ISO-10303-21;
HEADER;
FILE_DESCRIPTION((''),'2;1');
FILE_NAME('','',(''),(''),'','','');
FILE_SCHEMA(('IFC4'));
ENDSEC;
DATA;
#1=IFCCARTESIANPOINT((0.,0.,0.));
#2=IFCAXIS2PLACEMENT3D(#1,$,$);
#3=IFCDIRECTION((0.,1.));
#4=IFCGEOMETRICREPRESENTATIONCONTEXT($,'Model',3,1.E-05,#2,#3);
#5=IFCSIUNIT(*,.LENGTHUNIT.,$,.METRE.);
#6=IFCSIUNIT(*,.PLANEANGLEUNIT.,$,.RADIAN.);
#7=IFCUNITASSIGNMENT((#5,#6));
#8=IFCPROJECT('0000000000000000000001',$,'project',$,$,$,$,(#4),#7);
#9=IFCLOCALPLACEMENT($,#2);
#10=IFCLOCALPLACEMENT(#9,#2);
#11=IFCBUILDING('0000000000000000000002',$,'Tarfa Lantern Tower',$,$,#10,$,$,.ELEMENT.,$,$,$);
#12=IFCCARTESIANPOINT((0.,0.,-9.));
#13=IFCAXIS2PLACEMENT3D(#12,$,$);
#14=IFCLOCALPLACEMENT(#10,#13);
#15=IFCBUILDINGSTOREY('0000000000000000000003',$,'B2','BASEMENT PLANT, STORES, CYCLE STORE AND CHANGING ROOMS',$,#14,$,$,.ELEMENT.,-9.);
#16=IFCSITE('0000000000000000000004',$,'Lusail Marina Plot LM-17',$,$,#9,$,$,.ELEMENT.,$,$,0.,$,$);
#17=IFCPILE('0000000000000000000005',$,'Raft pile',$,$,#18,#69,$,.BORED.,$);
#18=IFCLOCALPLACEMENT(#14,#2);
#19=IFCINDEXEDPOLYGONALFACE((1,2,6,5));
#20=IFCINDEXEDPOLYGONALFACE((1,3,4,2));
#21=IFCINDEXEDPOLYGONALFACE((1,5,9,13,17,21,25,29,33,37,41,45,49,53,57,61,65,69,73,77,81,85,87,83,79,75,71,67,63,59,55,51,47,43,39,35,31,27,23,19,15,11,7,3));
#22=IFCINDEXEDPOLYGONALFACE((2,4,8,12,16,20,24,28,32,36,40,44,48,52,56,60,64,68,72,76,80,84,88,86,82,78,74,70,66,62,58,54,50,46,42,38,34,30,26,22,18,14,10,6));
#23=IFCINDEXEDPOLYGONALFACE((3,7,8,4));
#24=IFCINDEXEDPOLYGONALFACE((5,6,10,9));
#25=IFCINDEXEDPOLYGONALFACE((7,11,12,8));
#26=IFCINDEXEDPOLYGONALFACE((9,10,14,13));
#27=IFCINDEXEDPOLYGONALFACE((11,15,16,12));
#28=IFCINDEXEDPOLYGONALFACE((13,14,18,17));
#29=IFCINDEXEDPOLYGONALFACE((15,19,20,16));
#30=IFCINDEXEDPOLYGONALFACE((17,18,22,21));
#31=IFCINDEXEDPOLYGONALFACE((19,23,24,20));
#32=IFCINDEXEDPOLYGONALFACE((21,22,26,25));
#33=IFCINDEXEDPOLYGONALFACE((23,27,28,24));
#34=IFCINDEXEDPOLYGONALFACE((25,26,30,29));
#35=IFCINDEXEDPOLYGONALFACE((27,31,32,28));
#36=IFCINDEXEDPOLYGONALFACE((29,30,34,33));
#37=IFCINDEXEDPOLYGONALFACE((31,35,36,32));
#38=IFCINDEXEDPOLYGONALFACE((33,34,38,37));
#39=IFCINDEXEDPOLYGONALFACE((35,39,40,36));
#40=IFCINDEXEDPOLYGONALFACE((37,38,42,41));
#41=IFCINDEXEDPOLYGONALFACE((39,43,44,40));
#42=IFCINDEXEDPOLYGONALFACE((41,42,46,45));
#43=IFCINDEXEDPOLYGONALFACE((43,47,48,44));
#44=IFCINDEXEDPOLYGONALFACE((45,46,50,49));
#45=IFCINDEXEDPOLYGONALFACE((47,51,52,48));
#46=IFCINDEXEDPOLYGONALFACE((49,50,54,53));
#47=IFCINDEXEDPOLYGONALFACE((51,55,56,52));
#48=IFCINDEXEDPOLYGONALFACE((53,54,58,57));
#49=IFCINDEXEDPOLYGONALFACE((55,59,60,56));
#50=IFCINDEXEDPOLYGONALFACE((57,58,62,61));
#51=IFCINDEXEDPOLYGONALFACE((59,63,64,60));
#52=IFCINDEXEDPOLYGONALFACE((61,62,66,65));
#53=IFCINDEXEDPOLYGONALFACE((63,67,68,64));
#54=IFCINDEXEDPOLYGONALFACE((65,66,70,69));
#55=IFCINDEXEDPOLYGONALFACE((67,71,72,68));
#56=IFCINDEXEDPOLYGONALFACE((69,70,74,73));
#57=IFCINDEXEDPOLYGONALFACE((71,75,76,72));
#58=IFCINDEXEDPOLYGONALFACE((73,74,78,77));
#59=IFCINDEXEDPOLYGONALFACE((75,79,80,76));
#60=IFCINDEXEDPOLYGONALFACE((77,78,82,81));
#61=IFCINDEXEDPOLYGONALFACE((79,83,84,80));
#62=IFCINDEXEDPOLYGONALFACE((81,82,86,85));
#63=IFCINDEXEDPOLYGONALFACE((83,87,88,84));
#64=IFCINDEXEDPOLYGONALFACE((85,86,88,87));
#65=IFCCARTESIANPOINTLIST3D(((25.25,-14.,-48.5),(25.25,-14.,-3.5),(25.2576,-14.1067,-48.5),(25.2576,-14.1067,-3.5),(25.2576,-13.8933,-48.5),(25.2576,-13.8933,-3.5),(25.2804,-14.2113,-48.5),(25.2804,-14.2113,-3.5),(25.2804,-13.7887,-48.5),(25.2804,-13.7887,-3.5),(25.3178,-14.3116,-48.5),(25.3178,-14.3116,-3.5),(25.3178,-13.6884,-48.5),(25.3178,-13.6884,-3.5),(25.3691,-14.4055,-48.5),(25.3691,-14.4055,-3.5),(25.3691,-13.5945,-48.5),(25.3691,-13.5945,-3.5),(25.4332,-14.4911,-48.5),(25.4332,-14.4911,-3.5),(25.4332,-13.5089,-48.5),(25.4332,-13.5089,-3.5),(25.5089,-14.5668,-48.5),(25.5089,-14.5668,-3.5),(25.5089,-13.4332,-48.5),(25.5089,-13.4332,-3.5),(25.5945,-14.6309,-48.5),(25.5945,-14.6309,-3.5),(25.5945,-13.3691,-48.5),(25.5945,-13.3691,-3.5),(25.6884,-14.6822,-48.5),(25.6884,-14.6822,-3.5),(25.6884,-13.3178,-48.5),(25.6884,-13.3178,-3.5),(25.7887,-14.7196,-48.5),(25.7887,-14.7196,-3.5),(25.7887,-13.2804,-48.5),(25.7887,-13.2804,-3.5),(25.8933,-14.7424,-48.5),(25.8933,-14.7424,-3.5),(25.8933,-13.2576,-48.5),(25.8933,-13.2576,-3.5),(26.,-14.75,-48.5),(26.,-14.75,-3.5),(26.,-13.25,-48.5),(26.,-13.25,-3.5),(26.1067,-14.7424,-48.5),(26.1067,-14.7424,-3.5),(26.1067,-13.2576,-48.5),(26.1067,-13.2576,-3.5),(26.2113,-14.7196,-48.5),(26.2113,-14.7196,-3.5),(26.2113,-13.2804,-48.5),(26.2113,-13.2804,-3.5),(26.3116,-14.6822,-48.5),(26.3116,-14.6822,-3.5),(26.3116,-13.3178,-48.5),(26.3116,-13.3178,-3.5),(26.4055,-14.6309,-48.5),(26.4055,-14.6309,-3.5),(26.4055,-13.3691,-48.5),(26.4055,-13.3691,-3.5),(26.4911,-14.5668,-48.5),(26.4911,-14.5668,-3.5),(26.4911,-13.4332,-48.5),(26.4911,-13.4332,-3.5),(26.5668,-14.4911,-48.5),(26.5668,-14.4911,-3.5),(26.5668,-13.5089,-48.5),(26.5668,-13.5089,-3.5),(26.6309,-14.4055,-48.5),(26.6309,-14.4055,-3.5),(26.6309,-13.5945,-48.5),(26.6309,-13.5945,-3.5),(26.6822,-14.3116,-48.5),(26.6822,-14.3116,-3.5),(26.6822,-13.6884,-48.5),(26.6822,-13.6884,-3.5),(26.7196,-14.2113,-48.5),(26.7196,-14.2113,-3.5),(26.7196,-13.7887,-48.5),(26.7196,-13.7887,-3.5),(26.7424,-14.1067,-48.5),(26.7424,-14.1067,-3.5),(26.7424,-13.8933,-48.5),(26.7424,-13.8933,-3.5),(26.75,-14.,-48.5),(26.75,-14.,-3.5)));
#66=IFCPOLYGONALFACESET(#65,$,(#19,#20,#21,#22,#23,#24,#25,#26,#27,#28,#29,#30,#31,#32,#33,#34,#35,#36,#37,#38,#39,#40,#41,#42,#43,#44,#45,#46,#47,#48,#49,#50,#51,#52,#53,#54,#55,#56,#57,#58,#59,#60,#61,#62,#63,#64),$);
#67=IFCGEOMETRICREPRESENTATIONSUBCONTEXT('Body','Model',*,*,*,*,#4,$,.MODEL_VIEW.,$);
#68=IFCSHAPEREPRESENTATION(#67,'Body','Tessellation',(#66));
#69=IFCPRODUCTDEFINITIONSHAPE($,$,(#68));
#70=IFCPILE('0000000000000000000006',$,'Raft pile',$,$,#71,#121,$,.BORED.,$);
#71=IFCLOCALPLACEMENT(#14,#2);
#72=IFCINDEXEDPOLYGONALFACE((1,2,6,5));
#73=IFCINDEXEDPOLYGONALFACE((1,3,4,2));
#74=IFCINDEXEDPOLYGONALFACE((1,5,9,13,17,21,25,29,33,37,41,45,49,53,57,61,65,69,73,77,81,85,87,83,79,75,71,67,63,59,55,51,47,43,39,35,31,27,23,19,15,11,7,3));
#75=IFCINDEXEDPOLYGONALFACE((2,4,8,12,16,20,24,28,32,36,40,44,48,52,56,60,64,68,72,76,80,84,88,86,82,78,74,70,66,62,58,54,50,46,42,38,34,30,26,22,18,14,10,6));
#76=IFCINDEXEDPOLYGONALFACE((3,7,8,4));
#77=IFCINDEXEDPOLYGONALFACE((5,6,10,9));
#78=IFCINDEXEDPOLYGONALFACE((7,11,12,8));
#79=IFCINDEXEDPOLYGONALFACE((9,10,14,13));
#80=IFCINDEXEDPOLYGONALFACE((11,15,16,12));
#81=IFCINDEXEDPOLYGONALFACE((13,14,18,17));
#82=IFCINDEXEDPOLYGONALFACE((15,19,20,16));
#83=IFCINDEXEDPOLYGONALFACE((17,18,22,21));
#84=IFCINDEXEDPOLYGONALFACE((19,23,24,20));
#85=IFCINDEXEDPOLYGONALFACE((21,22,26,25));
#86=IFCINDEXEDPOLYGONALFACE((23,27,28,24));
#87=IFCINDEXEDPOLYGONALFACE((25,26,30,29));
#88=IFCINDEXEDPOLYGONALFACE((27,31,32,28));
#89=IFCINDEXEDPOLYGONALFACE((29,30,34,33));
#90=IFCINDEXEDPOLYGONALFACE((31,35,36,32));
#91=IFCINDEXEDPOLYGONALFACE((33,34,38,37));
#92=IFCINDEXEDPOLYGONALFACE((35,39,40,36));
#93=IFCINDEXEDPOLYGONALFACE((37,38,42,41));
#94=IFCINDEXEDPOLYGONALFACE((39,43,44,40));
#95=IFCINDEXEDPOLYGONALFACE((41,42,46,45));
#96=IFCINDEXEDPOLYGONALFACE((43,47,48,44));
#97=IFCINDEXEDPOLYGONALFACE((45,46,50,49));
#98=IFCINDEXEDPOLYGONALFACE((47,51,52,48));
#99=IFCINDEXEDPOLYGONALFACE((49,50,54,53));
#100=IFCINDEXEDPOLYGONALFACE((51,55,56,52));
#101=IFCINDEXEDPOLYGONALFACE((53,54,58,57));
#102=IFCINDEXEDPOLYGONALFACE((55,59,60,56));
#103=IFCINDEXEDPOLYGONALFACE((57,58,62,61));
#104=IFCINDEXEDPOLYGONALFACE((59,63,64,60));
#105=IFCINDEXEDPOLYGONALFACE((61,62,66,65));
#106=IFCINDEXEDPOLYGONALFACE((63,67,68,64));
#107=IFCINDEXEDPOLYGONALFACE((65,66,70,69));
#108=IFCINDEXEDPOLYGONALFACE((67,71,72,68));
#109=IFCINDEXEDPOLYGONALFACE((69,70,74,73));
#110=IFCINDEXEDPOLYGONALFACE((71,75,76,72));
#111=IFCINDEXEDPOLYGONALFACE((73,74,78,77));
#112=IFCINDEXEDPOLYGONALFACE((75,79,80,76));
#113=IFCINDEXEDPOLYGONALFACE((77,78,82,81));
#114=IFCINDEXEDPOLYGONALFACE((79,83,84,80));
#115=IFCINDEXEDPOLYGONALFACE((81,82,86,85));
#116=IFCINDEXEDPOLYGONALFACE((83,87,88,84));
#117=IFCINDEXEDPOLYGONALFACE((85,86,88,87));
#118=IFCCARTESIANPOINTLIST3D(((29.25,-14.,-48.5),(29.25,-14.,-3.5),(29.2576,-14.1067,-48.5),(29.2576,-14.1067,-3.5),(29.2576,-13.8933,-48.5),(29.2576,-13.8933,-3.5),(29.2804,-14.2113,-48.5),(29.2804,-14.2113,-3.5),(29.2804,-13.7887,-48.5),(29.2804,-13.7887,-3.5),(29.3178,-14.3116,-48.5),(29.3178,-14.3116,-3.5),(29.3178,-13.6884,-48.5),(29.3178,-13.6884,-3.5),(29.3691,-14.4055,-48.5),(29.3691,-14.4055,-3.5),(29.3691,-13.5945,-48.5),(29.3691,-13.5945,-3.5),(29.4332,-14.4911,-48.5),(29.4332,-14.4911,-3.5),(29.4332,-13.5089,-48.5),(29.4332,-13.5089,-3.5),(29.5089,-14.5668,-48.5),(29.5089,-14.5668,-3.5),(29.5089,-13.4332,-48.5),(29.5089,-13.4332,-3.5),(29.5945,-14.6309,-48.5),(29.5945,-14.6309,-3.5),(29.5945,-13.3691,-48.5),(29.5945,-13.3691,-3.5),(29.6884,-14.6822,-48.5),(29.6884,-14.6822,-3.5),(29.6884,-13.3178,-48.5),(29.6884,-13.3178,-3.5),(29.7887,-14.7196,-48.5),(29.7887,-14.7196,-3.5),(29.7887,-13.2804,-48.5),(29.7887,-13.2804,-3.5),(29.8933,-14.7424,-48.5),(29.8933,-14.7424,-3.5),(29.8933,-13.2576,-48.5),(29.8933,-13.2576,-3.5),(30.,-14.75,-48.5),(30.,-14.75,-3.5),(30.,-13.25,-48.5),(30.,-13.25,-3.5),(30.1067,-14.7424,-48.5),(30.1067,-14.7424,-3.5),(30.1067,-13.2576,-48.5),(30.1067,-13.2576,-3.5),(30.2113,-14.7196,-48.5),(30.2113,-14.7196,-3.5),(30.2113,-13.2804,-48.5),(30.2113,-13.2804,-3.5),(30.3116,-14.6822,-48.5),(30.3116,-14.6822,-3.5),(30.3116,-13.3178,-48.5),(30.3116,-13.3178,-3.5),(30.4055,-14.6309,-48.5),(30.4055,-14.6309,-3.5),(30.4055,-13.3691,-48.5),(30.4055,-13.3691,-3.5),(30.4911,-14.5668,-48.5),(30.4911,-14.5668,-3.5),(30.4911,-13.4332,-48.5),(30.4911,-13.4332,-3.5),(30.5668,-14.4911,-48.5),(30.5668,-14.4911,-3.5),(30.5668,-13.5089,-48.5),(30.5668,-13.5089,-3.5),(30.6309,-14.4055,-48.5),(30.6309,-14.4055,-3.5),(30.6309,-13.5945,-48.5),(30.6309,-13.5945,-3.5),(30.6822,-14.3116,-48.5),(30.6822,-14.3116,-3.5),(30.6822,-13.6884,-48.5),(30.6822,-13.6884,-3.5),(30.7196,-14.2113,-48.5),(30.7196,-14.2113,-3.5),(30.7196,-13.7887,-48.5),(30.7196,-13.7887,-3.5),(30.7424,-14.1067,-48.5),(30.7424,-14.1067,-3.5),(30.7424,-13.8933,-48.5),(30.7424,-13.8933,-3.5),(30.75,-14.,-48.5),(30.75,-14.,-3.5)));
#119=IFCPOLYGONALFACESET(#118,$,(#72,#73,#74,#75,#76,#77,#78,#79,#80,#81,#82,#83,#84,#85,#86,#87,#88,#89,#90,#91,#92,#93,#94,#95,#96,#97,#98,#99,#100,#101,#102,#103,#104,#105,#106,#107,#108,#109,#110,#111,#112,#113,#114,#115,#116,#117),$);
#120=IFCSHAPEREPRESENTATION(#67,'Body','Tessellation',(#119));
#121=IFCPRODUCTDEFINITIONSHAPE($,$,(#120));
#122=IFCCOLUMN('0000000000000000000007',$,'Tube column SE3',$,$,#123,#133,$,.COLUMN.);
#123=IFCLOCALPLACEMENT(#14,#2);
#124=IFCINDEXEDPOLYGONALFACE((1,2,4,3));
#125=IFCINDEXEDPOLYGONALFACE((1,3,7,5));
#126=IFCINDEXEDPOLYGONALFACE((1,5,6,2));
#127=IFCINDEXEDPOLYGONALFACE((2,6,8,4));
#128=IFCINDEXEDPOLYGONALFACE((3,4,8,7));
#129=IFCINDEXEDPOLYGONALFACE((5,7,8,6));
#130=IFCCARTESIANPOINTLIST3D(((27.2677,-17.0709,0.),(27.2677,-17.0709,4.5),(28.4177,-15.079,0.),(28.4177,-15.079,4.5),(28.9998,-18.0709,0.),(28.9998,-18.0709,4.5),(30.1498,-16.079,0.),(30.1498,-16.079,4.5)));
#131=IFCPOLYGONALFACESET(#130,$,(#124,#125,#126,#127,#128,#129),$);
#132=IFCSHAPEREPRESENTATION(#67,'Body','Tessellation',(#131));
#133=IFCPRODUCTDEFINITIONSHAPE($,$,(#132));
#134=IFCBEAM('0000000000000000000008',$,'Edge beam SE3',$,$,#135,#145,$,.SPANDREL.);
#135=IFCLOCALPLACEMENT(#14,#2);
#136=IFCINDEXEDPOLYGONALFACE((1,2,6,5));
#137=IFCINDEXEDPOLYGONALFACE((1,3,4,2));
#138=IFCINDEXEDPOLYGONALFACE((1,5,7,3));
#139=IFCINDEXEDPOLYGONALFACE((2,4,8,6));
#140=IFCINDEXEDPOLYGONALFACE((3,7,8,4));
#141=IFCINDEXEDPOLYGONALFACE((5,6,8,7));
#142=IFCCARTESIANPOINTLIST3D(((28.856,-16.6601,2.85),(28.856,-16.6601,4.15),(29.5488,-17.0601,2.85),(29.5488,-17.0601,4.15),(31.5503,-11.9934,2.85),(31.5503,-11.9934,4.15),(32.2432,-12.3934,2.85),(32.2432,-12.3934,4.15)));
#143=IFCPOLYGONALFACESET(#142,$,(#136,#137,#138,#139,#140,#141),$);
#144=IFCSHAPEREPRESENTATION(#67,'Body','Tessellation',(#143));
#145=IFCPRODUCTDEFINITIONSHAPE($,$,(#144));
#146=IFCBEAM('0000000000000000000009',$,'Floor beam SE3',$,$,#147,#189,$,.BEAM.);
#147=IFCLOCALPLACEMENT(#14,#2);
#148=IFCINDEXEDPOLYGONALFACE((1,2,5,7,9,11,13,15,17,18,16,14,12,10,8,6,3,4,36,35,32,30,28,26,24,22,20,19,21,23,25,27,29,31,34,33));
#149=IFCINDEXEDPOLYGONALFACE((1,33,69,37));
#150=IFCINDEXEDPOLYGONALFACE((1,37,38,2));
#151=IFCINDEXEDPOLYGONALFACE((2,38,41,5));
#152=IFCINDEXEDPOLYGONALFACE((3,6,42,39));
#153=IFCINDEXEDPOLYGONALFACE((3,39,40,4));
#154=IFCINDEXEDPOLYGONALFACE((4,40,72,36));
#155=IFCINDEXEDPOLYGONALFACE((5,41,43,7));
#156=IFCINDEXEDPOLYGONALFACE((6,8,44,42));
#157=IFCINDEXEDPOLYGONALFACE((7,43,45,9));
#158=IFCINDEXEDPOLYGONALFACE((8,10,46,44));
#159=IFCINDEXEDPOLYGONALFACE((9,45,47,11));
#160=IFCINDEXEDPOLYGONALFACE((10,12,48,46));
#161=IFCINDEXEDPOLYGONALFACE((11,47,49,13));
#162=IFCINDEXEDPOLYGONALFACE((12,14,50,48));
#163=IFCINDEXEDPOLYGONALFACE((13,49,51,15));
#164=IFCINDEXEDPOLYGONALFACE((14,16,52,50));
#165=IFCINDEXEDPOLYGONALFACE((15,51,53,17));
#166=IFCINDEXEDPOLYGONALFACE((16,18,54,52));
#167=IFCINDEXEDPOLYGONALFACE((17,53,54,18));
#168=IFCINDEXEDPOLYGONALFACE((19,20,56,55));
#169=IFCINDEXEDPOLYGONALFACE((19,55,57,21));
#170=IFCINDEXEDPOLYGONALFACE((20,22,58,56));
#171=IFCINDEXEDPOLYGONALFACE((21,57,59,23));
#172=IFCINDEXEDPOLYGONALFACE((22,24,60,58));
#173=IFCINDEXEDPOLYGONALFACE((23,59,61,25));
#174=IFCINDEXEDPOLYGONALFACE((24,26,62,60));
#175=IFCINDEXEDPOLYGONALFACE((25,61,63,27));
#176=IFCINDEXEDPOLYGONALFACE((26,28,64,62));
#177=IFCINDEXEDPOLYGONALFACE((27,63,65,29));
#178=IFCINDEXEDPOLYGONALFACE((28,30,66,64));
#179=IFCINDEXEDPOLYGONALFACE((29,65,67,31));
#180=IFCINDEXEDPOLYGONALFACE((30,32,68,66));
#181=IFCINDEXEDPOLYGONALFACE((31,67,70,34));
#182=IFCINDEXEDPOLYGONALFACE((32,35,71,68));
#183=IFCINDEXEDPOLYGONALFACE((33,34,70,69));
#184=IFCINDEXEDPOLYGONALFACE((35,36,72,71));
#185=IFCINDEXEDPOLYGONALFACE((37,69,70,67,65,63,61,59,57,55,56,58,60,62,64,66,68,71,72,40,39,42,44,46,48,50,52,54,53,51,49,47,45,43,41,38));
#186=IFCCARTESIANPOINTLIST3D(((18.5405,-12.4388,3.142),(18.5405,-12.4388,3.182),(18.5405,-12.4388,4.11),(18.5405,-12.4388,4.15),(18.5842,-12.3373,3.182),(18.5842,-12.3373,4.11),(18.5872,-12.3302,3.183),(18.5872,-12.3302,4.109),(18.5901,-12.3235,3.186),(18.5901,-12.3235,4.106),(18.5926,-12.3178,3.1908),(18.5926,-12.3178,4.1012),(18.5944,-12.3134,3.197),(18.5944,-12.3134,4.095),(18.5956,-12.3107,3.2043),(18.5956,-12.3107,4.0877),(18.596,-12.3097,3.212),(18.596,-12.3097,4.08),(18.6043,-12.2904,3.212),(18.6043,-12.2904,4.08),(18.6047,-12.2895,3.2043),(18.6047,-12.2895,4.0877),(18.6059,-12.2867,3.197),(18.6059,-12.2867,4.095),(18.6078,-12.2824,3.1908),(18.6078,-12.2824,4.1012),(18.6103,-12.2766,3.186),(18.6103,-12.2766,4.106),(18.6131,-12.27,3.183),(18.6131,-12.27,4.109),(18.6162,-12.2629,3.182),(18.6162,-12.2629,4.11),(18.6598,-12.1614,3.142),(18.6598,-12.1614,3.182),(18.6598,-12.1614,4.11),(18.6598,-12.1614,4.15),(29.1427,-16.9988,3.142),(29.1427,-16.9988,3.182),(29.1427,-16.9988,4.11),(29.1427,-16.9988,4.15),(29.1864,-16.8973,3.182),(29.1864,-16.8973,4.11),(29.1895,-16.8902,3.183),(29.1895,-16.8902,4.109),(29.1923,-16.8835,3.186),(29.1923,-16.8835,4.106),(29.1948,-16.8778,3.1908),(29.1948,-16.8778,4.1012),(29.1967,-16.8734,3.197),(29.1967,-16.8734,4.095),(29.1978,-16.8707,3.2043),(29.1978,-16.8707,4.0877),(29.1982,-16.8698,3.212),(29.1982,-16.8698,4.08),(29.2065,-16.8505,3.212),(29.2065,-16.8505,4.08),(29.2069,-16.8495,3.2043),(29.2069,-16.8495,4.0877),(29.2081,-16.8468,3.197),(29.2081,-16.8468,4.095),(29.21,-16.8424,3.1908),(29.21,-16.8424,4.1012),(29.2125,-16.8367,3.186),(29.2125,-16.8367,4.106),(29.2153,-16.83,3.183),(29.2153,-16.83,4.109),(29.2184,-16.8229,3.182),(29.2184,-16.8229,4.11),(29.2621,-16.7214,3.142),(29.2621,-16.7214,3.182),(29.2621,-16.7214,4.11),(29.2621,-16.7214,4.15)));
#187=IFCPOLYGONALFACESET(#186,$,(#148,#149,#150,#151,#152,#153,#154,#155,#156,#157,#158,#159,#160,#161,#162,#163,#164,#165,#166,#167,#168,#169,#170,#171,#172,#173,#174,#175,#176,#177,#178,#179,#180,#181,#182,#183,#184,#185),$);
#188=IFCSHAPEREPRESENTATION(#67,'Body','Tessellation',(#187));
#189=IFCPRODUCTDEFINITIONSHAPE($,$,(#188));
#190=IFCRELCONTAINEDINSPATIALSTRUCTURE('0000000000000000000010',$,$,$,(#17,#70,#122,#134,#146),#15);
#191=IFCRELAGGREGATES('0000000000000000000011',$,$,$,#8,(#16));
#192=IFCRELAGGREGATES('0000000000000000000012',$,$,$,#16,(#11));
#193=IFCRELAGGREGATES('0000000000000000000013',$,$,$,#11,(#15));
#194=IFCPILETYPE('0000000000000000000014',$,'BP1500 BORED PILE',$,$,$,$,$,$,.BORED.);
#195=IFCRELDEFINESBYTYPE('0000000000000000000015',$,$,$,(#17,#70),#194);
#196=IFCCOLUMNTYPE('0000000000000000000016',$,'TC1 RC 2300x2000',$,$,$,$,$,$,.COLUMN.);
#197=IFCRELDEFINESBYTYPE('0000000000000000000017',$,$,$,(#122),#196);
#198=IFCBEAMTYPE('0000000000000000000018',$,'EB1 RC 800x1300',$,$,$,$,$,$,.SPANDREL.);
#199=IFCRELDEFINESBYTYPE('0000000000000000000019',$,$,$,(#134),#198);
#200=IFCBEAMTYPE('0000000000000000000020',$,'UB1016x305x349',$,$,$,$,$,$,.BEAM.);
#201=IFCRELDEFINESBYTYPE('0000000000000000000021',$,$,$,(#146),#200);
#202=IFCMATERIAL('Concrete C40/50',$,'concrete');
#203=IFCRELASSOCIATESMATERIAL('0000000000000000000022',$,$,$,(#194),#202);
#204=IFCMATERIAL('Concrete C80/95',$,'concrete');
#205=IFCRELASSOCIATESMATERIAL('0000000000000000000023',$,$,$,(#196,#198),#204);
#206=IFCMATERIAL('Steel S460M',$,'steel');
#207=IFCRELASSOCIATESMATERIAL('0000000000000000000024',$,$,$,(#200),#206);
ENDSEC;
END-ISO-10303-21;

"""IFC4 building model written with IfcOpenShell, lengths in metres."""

from ifc_helpers import new_model, si_unit, direction, frame, origin, origin_2d, place, context, subcontext, project, spatial, rectangle, circle, i_section, extrude, material, material_profile, profile_set, type_object, element, save


model = new_model("IFC4")

# Units and contexts
model_context = context("Model", 3, precision=1e-05, world=origin(), true_north=direction((0.0, 1.0)))
body_context = subcontext(model_context, "Body", "Model", "MODEL_VIEW")
ifc_project = project(units=[si_unit("LENGTHUNIT", "METRE"), si_unit("PLANEANGLEUNIT", "RADIAN")], contexts=[model_context])

# Site, building, storey
site_placement = place(None, origin())
site = spatial("IfcSite", under=ifc_project, at=site_placement, Name="Lusail Marina Plot LM-17", CompositionType="ELEMENT", RefElevation=0.0)
building_placement = place(site_placement, origin())
building = spatial("IfcBuilding", under=site, at=building_placement, Name="Tarfa Lantern Tower", CompositionType="ELEMENT")
storey_placement = place(building_placement, frame((0.0, 0.0, -9.0)))
storey = spatial("IfcBuildingStorey", under=building, at=storey_placement, Name="B2", Description="BASEMENT PLANT, STORES, CYCLE STORE AND CHANGING ROOMS", CompositionType="ELEMENT", Elevation=-9.0)

# Piles
ifc_material_1 = material(Name="Concrete C40/50", Category="concrete")
ifc_material_profile_1 = material_profile(ifc_material_1, circle(Radius=0.75, at=origin_2d()), Name="BORED PILE D1500")
ifc_profile_set_1 = profile_set([ifc_material_profile_1], Name="Concrete C40/50")
pile_type = type_object("IfcPileType", Name="BP1500 BORED PILE", PredefinedType="BORED", material=ifc_profile_set_1)
for number, where, z_axis, x_axis, name in (
    (1, (26.0, -14.0, -3.5), (0.0, 0.0, -1.0), (1.0, 0.0, 0.0), "Raft pile"),
    (2, (30.0, -14.0, -3.5), (0.0, 0.0, -1.0), (1.0, 0.0, 0.0), "Raft pile"),
):
    element("IfcPile", number, at=place(storey_placement, frame(where, z_axis=z_axis, x_axis=x_axis)), inside=storey, type_object=pile_type, Name=name, PredefinedType="BORED", context=body_context, shape_type="SweptSolid", body=[
        extrude(circle(Radius=0.75, at=origin_2d()), origin(), (0.0, 0.0, 1.0), 45.0),
    ])

# Column
ifc_material_2 = material(Name="Concrete C80/95", Category="concrete")
ifc_material_profile_2 = material_profile(ifc_material_2, rectangle(XDim=2.3, YDim=2.0, at=origin_2d()), Name="RC 2300x2000")
ifc_profile_set_2 = profile_set([ifc_material_profile_2], Name="Concrete C80/95")
column_type = type_object("IfcColumnType", Name="TC1 RC 2300x2000", PredefinedType="COLUMN", material=ifc_profile_set_2)
column_placement = place(storey_placement, frame((28.7087, -16.575, 0.0), z_axis=(0.0, 0.0, 1.0), x_axis=(0.5, 0.866025, 0.0)))
element("IfcColumn", 3, at=column_placement, inside=storey, type_object=column_type, Name="Tube column SE3", PredefinedType="COLUMN", context=body_context, shape_type="SweptSolid", body=[
    extrude(rectangle(XDim=2.3, YDim=2.0, at=origin_2d()), origin(), (0.0, 0.0, 1.0), 4.5),
])

# Beams
ifc_material_profile_3 = material_profile(ifc_material_2, rectangle(XDim=0.8, YDim=1.3, at=origin_2d()), Name="RC 800x1300")
ifc_profile_set_3 = profile_set([ifc_material_profile_3], Name="Concrete C80/95")
beam_type_1 = type_object("IfcBeamType", Name="EB1 RC 800x1300", PredefinedType="SPANDREL", material=ifc_profile_set_3)
beam_1_placement = place(storey_placement, frame((29.2024, -16.8601, 3.5), z_axis=(0.499998, 0.866026, 0.0), x_axis=(-0.866026, 0.499998, 0.0)))
element("IfcBeam", 4, at=beam_1_placement, inside=storey, type_object=beam_type_1, Name="Edge beam SE3", PredefinedType="SPANDREL", context=body_context, shape_type="SweptSolid", body=[
    extrude(rectangle(XDim=0.8, YDim=1.3, at=origin_2d()), origin(), (0.0, 0.0, 1.0), 5.3887),
])
ifc_material_3 = material(Name="Steel S460M", Category="steel")
ifc_material_profile_4 = material_profile(ifc_material_3, i_section(OverallWidth=0.302, OverallDepth=1.0081, WebThickness=0.021, FlangeThickness=0.04, FilletRadius=0.03, at=origin_2d()), Name="UB1016x305x349")
ifc_profile_set_4 = profile_set([ifc_material_profile_4], Name="Steel S460M")
beam_type_2 = type_object("IfcBeamType", Name="UB1016x305x349", PredefinedType="BEAM", material=ifc_profile_set_4)
beam_2_placement = place(storey_placement, frame((29.2024, -16.8601, 3.646), z_axis=(-0.918635, 0.395106, 0.0), x_axis=(-0.395106, -0.918635, 0.0)))
element("IfcBeam", 5, at=beam_2_placement, inside=storey, type_object=beam_type_2, Name="Floor beam SE3", PredefinedType="BEAM", context=body_context, shape_type="SweptSolid", body=[
    extrude(i_section(OverallWidth=0.302, OverallDepth=1.0081, WebThickness=0.021, FlangeThickness=0.04, FilletRadius=0.03, at=origin_2d()), origin(), (0.0, 0.0, 1.0), 11.5413),
])

save(model, "model.ifc")
